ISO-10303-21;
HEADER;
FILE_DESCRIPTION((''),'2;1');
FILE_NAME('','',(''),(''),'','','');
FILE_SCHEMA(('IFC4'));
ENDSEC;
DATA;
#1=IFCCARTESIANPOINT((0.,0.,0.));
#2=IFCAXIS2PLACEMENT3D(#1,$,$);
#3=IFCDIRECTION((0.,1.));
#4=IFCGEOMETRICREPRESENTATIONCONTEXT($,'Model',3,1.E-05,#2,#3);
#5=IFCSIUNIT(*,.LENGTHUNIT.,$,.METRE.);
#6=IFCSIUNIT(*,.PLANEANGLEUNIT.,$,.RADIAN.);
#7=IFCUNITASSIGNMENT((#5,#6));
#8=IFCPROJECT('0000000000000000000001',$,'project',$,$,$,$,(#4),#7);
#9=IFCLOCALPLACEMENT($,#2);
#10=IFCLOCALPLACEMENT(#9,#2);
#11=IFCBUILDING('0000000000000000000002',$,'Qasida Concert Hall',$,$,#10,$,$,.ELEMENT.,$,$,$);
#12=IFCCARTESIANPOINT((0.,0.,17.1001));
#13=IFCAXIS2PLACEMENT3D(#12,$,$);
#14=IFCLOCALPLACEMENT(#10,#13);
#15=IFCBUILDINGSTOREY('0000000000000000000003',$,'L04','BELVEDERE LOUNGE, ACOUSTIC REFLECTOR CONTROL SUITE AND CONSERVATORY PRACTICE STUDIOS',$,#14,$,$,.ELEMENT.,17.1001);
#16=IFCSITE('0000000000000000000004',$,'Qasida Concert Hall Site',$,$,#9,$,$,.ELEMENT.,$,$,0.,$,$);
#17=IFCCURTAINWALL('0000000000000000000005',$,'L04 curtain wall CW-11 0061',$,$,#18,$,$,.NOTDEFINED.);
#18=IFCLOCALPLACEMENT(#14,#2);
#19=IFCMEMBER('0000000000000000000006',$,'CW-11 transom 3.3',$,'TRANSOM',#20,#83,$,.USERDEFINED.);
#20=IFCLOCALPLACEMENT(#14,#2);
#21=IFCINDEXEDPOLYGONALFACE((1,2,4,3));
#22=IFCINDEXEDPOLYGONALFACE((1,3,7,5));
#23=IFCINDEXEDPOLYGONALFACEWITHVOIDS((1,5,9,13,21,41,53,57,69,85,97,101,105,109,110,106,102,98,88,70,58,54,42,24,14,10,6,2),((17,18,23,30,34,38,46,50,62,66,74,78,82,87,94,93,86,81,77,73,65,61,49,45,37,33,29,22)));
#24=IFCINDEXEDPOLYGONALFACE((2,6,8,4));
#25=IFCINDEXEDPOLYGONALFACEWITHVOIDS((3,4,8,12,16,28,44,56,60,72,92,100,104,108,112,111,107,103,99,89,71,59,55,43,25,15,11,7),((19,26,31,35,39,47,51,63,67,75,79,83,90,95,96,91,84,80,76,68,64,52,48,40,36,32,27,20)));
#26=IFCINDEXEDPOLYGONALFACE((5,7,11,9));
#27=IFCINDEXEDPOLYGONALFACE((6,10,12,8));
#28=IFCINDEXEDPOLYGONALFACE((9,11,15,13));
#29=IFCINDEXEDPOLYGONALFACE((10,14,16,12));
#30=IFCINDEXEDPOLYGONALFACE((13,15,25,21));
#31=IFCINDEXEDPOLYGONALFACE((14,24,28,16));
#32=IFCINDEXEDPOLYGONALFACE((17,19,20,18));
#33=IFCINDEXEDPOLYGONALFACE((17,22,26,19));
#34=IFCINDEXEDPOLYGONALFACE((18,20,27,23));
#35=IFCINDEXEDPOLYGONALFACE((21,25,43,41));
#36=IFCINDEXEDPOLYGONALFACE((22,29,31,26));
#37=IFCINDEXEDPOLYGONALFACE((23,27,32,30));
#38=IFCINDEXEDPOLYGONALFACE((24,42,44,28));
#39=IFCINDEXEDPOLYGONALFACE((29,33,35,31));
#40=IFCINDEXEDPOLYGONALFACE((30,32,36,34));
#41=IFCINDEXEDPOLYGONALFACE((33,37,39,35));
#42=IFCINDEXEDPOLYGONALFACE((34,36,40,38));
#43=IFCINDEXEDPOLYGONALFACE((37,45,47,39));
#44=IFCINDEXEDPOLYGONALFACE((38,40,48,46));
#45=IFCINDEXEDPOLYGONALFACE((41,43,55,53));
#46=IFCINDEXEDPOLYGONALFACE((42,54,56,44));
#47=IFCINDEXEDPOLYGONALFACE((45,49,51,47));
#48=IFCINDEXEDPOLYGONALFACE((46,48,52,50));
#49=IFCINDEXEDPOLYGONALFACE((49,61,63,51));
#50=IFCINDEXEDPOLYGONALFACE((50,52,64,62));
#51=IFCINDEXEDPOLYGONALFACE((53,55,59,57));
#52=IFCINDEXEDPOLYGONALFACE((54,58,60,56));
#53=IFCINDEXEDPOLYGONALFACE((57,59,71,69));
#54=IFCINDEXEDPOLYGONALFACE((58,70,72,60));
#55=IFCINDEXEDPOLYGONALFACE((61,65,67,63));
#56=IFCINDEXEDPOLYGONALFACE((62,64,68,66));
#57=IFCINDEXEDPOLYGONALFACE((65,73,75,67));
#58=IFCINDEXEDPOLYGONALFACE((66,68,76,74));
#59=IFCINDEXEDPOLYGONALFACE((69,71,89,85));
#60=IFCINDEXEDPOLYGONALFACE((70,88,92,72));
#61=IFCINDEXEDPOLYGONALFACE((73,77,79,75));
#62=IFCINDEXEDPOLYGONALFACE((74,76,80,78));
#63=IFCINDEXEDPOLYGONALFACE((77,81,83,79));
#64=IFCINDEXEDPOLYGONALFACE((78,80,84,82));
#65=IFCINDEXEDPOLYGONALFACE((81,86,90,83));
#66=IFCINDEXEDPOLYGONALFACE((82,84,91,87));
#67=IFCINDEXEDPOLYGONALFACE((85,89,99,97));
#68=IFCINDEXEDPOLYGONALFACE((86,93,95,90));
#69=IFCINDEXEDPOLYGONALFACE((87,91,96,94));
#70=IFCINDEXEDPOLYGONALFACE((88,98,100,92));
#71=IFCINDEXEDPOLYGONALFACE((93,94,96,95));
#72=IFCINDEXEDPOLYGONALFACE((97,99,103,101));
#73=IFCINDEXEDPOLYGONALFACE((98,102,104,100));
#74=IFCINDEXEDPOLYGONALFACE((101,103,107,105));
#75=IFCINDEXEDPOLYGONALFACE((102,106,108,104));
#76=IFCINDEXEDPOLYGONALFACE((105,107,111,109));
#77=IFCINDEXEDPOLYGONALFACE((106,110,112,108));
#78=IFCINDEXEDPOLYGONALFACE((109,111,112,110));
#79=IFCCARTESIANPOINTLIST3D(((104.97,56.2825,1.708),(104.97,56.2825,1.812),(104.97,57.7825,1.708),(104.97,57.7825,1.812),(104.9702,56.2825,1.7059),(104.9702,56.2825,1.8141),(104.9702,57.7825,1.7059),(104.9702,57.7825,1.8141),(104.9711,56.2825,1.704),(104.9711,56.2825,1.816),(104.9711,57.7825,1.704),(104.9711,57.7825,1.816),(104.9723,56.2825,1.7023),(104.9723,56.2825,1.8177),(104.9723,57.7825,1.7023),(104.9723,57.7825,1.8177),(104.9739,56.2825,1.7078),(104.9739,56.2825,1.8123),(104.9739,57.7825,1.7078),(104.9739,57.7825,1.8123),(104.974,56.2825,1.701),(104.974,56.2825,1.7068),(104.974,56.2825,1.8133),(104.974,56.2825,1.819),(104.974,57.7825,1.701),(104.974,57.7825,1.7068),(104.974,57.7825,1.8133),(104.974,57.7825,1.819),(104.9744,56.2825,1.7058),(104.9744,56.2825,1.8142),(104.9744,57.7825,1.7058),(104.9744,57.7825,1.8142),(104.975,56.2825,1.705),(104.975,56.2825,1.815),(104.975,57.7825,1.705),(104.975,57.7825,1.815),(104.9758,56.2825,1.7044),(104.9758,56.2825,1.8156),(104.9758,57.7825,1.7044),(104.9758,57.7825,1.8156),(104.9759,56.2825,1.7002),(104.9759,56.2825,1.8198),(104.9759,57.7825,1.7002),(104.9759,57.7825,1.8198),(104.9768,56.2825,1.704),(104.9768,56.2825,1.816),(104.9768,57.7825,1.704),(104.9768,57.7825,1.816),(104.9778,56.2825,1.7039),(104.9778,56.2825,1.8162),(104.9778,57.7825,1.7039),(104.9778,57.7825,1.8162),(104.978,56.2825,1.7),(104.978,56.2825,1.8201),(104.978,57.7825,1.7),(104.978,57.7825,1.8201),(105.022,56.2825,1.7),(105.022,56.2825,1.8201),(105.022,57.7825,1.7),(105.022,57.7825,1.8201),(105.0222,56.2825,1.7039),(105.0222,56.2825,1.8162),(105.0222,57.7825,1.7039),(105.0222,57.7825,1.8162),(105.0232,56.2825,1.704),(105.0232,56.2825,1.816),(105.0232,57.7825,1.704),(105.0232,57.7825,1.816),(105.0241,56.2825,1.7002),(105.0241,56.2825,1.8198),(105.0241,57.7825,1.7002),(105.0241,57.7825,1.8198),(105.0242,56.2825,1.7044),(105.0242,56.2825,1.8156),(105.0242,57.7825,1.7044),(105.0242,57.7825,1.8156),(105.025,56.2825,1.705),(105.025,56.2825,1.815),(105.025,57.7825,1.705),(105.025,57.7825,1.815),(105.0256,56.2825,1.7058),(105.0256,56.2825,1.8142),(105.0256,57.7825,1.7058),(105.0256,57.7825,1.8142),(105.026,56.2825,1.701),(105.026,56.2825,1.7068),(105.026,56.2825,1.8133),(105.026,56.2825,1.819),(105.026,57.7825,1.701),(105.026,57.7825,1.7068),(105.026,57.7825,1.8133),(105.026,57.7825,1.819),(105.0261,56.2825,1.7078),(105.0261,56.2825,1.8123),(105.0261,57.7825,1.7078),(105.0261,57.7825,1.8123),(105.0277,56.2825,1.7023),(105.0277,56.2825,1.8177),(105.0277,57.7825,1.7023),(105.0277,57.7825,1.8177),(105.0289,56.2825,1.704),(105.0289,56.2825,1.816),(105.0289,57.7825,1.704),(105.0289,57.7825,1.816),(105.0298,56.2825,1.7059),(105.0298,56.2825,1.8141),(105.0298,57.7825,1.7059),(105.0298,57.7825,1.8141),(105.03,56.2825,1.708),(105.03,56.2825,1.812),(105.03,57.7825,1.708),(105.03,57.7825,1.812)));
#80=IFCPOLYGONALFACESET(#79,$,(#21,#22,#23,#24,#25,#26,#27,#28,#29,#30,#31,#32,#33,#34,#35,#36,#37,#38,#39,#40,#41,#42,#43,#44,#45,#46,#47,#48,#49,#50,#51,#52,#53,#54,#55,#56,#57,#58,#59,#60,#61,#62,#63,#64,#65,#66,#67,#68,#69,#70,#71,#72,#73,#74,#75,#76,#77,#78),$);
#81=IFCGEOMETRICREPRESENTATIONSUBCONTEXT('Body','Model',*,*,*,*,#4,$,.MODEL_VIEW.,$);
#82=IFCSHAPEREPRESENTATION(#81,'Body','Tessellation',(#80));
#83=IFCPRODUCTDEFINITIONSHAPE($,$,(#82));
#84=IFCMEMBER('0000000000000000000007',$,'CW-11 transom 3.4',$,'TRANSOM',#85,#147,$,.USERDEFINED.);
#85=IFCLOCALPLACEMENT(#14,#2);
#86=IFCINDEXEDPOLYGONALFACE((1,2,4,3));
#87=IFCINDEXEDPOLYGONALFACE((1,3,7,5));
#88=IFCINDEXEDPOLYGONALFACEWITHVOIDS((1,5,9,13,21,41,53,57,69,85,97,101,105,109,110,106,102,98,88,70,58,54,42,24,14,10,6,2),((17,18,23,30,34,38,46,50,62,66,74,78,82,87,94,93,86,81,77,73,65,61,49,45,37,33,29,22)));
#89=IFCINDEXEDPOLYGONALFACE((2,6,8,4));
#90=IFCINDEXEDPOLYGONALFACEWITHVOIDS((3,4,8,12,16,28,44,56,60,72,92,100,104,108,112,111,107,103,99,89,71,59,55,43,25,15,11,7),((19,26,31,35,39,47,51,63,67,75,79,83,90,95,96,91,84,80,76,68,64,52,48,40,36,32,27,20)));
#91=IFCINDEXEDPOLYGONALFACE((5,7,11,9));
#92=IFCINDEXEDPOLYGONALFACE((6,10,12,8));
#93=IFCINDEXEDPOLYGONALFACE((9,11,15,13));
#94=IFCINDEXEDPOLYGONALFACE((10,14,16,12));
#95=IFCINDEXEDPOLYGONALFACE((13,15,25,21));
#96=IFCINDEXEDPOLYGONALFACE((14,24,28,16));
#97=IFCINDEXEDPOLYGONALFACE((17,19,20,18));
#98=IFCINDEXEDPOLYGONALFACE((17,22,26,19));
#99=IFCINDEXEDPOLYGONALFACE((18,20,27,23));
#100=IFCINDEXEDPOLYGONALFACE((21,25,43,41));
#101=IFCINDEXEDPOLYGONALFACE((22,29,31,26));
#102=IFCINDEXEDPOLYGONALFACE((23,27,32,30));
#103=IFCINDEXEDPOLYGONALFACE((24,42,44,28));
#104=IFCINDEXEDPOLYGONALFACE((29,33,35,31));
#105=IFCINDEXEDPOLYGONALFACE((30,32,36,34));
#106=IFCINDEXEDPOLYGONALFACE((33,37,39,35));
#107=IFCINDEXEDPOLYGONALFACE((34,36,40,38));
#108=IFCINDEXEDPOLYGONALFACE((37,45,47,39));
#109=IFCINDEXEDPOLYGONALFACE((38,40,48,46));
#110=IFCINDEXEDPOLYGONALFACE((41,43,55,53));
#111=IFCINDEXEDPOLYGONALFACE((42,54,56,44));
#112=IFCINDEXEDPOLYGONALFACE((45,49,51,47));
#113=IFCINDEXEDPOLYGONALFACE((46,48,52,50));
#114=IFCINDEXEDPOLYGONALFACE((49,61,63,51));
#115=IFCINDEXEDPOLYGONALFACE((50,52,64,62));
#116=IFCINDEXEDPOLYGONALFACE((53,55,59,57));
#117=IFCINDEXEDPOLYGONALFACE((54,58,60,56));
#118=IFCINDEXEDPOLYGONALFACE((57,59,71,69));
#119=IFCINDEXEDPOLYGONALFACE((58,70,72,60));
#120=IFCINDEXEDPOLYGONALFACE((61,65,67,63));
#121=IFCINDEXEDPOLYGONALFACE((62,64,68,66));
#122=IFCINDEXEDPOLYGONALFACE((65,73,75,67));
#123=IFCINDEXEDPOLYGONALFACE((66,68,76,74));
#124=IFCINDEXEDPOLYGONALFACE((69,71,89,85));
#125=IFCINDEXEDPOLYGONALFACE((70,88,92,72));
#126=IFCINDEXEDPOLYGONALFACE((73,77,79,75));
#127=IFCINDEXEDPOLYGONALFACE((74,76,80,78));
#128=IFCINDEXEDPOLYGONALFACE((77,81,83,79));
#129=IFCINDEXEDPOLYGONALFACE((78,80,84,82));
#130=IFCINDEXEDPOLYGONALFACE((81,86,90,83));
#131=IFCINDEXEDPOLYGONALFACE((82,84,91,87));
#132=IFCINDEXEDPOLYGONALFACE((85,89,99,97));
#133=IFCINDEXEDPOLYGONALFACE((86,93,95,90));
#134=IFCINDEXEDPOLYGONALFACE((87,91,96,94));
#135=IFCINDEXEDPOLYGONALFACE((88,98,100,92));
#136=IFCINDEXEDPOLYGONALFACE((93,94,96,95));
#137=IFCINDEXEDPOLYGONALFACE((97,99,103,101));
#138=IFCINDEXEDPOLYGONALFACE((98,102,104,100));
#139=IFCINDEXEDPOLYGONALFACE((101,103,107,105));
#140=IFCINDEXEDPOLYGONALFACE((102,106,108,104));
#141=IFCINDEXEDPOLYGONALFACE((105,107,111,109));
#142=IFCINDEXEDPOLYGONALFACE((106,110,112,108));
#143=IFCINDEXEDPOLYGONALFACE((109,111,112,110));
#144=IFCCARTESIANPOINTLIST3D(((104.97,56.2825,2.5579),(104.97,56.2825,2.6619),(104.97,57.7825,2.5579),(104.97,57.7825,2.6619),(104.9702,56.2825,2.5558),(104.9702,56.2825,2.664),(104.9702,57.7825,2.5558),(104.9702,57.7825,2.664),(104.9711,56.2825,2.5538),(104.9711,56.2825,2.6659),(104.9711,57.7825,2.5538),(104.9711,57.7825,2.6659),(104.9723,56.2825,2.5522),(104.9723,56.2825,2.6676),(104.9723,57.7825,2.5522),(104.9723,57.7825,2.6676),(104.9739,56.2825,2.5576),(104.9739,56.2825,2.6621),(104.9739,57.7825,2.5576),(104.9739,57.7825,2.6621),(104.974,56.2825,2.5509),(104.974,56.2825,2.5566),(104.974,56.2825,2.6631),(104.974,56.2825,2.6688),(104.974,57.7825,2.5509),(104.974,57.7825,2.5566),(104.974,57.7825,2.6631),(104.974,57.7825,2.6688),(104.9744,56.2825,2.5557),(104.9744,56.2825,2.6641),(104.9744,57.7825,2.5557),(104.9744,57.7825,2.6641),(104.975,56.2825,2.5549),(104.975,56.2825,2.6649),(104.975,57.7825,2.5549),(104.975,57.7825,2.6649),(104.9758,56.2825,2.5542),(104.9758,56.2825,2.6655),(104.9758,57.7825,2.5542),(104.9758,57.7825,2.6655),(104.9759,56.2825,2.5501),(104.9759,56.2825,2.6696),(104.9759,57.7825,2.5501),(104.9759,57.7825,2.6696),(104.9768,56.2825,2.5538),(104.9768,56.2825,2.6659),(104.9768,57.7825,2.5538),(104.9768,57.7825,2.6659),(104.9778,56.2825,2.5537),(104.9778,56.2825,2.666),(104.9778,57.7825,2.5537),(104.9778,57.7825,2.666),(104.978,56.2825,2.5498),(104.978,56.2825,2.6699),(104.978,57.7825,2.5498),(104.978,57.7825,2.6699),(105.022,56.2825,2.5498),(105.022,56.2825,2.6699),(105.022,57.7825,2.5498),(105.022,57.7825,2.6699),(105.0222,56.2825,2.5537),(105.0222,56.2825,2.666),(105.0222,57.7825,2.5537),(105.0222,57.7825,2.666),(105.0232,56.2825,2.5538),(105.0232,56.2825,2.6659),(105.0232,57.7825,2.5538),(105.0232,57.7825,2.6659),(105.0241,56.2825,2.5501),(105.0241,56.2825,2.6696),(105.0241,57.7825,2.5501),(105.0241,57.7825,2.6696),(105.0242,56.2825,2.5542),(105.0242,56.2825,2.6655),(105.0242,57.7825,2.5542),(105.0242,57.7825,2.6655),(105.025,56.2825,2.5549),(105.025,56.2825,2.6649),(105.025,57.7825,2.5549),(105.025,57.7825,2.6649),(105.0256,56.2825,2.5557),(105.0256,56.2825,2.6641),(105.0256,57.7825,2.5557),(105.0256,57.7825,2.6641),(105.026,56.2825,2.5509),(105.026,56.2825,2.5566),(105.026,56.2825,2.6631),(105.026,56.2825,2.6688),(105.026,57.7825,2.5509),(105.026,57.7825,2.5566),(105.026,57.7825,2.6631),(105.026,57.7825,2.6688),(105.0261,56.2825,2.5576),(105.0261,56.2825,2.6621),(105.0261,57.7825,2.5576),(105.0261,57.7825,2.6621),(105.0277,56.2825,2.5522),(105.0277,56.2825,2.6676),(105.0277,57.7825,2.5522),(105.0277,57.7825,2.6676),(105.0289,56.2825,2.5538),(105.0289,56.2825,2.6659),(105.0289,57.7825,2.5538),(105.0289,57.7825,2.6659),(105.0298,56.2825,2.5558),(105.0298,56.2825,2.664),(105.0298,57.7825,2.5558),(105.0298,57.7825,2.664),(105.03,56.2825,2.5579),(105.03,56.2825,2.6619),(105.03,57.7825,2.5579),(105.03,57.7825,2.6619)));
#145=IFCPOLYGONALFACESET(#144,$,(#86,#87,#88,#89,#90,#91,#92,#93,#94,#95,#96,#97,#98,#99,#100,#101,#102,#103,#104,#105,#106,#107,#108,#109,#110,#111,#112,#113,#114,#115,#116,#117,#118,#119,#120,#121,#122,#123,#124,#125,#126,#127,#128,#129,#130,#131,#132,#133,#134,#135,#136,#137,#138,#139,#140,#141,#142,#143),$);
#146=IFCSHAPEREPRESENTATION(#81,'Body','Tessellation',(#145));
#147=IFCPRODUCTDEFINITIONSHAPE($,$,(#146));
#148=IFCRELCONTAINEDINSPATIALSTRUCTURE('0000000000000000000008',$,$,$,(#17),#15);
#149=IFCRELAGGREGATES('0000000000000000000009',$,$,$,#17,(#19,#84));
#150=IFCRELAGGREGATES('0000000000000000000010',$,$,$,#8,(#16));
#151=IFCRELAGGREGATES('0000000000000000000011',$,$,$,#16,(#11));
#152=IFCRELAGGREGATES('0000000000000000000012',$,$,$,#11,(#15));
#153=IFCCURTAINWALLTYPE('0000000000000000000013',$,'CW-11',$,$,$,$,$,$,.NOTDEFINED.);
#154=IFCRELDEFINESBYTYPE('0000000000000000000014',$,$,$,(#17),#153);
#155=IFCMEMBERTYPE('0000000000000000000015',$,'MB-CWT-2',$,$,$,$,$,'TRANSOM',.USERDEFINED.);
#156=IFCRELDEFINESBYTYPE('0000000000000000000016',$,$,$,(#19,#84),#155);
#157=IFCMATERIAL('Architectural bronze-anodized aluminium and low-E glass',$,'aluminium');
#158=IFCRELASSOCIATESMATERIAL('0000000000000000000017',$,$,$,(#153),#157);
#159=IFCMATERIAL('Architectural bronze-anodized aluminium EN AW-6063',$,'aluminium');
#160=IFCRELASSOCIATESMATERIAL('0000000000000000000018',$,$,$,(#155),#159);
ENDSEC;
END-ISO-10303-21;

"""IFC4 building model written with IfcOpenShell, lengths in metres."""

from ifc_helpers import new_model, si_unit, direction, frame, origin, origin_2d, place, context, subcontext, project, spatial, hollow_rectangle, extrude, material, material_profile, profile_set, type_object, element, aggregate, save


model = new_model("IFC4")

# Units and contexts
model_context = context("Model", 3, precision=1e-05, world=origin(), true_north=direction((0.0, 1.0)))
body_context = subcontext(model_context, "Body", "Model", "MODEL_VIEW")
ifc_project = project(units=[si_unit("LENGTHUNIT", "METRE"), si_unit("PLANEANGLEUNIT", "RADIAN")], contexts=[model_context])

# Site, building, storey
site_placement = place(None, origin())
site = spatial("IfcSite", under=ifc_project, at=site_placement, Name="Qasida Concert Hall Site", CompositionType="ELEMENT", RefElevation=0.0)
building_placement = place(site_placement, origin())
building = spatial("IfcBuilding", under=site, at=building_placement, Name="Qasida Concert Hall", CompositionType="ELEMENT")
storey_placement = place(building_placement, frame((0.0, 0.0, 17.1001)))
storey = spatial("IfcBuildingStorey", under=building, at=storey_placement, Name="L04", Description="BELVEDERE LOUNGE, ACOUSTIC REFLECTOR CONTROL SUITE AND CONSERVATORY PRACTICE STUDIOS", CompositionType="ELEMENT", Elevation=17.1001)

# Curtain wall, members
ifc_material_1 = material(Name="Architectural bronze-anodized aluminium and low-E glass", Category="aluminium")
curtain_wall_type = type_object("IfcCurtainWallType", Name="CW-11", PredefinedType="NOTDEFINED", material=ifc_material_1)
curtain_wall_placement = place(storey_placement, origin())
curtain_wall = element("IfcCurtainWall", 1, at=curtain_wall_placement, inside=storey, type_object=curtain_wall_type, Name="L04 curtain wall CW-11 0061", PredefinedType="NOTDEFINED")
ifc_material_2 = material(Name="Architectural bronze-anodized aluminium EN AW-6063", Category="aluminium")
ifc_material_profile_1 = material_profile(ifc_material_2, hollow_rectangle(XDim=0.0601, YDim=0.1201, WallThickness=0.0039, InnerFilletRadius=0.0039, OuterFilletRadius=0.0081, at=origin_2d()), Name="CWT 120x60x4")
ifc_profile_set_1 = profile_set([ifc_material_profile_1], Name="Architectural bronze-anodized aluminium EN AW-6063")
member_type_1 = type_object("IfcMemberType", Name="MB-CWT-2", ElementType="TRANSOM", PredefinedType="USERDEFINED", material=ifc_profile_set_1)
member_1_placement = place(storey_placement, frame((105.0, 56.2825, 1.76), z_axis=(0.0, 1.0, 0.0), x_axis=(-1.0, 0.0, 0.0)))
member_1 = element("IfcMember", 2, at=member_1_placement, type_object=member_type_1, Name="CW-11 transom 3.3", ObjectType="TRANSOM", PredefinedType="USERDEFINED", context=body_context, shape_type="SweptSolid", body=[
    extrude(hollow_rectangle(XDim=0.0601, YDim=0.1201, WallThickness=0.0039, InnerFilletRadius=0.0039, OuterFilletRadius=0.0081, at=origin_2d()), origin(), (0.0, 0.0, 1.0), 1.5),
])
member_2_placement = place(storey_placement, frame((105.0, 56.2825, 2.6099), z_axis=(0.0, 1.0, 0.0), x_axis=(-1.0, 0.0, 0.0)))
member_2 = element("IfcMember", 3, at=member_2_placement, type_object=member_type_1, Name="CW-11 transom 3.4", ObjectType="TRANSOM", PredefinedType="USERDEFINED", context=body_context, shape_type="SweptSolid", body=[
    extrude(hollow_rectangle(XDim=0.0601, YDim=0.1201, WallThickness=0.0039, InnerFilletRadius=0.0039, OuterFilletRadius=0.0081, at=origin_2d()), origin(), (0.0, 0.0, 1.0), 1.5),
])
aggregate(curtain_wall, [member_1, member_2])

save(model, "model.ifc")
